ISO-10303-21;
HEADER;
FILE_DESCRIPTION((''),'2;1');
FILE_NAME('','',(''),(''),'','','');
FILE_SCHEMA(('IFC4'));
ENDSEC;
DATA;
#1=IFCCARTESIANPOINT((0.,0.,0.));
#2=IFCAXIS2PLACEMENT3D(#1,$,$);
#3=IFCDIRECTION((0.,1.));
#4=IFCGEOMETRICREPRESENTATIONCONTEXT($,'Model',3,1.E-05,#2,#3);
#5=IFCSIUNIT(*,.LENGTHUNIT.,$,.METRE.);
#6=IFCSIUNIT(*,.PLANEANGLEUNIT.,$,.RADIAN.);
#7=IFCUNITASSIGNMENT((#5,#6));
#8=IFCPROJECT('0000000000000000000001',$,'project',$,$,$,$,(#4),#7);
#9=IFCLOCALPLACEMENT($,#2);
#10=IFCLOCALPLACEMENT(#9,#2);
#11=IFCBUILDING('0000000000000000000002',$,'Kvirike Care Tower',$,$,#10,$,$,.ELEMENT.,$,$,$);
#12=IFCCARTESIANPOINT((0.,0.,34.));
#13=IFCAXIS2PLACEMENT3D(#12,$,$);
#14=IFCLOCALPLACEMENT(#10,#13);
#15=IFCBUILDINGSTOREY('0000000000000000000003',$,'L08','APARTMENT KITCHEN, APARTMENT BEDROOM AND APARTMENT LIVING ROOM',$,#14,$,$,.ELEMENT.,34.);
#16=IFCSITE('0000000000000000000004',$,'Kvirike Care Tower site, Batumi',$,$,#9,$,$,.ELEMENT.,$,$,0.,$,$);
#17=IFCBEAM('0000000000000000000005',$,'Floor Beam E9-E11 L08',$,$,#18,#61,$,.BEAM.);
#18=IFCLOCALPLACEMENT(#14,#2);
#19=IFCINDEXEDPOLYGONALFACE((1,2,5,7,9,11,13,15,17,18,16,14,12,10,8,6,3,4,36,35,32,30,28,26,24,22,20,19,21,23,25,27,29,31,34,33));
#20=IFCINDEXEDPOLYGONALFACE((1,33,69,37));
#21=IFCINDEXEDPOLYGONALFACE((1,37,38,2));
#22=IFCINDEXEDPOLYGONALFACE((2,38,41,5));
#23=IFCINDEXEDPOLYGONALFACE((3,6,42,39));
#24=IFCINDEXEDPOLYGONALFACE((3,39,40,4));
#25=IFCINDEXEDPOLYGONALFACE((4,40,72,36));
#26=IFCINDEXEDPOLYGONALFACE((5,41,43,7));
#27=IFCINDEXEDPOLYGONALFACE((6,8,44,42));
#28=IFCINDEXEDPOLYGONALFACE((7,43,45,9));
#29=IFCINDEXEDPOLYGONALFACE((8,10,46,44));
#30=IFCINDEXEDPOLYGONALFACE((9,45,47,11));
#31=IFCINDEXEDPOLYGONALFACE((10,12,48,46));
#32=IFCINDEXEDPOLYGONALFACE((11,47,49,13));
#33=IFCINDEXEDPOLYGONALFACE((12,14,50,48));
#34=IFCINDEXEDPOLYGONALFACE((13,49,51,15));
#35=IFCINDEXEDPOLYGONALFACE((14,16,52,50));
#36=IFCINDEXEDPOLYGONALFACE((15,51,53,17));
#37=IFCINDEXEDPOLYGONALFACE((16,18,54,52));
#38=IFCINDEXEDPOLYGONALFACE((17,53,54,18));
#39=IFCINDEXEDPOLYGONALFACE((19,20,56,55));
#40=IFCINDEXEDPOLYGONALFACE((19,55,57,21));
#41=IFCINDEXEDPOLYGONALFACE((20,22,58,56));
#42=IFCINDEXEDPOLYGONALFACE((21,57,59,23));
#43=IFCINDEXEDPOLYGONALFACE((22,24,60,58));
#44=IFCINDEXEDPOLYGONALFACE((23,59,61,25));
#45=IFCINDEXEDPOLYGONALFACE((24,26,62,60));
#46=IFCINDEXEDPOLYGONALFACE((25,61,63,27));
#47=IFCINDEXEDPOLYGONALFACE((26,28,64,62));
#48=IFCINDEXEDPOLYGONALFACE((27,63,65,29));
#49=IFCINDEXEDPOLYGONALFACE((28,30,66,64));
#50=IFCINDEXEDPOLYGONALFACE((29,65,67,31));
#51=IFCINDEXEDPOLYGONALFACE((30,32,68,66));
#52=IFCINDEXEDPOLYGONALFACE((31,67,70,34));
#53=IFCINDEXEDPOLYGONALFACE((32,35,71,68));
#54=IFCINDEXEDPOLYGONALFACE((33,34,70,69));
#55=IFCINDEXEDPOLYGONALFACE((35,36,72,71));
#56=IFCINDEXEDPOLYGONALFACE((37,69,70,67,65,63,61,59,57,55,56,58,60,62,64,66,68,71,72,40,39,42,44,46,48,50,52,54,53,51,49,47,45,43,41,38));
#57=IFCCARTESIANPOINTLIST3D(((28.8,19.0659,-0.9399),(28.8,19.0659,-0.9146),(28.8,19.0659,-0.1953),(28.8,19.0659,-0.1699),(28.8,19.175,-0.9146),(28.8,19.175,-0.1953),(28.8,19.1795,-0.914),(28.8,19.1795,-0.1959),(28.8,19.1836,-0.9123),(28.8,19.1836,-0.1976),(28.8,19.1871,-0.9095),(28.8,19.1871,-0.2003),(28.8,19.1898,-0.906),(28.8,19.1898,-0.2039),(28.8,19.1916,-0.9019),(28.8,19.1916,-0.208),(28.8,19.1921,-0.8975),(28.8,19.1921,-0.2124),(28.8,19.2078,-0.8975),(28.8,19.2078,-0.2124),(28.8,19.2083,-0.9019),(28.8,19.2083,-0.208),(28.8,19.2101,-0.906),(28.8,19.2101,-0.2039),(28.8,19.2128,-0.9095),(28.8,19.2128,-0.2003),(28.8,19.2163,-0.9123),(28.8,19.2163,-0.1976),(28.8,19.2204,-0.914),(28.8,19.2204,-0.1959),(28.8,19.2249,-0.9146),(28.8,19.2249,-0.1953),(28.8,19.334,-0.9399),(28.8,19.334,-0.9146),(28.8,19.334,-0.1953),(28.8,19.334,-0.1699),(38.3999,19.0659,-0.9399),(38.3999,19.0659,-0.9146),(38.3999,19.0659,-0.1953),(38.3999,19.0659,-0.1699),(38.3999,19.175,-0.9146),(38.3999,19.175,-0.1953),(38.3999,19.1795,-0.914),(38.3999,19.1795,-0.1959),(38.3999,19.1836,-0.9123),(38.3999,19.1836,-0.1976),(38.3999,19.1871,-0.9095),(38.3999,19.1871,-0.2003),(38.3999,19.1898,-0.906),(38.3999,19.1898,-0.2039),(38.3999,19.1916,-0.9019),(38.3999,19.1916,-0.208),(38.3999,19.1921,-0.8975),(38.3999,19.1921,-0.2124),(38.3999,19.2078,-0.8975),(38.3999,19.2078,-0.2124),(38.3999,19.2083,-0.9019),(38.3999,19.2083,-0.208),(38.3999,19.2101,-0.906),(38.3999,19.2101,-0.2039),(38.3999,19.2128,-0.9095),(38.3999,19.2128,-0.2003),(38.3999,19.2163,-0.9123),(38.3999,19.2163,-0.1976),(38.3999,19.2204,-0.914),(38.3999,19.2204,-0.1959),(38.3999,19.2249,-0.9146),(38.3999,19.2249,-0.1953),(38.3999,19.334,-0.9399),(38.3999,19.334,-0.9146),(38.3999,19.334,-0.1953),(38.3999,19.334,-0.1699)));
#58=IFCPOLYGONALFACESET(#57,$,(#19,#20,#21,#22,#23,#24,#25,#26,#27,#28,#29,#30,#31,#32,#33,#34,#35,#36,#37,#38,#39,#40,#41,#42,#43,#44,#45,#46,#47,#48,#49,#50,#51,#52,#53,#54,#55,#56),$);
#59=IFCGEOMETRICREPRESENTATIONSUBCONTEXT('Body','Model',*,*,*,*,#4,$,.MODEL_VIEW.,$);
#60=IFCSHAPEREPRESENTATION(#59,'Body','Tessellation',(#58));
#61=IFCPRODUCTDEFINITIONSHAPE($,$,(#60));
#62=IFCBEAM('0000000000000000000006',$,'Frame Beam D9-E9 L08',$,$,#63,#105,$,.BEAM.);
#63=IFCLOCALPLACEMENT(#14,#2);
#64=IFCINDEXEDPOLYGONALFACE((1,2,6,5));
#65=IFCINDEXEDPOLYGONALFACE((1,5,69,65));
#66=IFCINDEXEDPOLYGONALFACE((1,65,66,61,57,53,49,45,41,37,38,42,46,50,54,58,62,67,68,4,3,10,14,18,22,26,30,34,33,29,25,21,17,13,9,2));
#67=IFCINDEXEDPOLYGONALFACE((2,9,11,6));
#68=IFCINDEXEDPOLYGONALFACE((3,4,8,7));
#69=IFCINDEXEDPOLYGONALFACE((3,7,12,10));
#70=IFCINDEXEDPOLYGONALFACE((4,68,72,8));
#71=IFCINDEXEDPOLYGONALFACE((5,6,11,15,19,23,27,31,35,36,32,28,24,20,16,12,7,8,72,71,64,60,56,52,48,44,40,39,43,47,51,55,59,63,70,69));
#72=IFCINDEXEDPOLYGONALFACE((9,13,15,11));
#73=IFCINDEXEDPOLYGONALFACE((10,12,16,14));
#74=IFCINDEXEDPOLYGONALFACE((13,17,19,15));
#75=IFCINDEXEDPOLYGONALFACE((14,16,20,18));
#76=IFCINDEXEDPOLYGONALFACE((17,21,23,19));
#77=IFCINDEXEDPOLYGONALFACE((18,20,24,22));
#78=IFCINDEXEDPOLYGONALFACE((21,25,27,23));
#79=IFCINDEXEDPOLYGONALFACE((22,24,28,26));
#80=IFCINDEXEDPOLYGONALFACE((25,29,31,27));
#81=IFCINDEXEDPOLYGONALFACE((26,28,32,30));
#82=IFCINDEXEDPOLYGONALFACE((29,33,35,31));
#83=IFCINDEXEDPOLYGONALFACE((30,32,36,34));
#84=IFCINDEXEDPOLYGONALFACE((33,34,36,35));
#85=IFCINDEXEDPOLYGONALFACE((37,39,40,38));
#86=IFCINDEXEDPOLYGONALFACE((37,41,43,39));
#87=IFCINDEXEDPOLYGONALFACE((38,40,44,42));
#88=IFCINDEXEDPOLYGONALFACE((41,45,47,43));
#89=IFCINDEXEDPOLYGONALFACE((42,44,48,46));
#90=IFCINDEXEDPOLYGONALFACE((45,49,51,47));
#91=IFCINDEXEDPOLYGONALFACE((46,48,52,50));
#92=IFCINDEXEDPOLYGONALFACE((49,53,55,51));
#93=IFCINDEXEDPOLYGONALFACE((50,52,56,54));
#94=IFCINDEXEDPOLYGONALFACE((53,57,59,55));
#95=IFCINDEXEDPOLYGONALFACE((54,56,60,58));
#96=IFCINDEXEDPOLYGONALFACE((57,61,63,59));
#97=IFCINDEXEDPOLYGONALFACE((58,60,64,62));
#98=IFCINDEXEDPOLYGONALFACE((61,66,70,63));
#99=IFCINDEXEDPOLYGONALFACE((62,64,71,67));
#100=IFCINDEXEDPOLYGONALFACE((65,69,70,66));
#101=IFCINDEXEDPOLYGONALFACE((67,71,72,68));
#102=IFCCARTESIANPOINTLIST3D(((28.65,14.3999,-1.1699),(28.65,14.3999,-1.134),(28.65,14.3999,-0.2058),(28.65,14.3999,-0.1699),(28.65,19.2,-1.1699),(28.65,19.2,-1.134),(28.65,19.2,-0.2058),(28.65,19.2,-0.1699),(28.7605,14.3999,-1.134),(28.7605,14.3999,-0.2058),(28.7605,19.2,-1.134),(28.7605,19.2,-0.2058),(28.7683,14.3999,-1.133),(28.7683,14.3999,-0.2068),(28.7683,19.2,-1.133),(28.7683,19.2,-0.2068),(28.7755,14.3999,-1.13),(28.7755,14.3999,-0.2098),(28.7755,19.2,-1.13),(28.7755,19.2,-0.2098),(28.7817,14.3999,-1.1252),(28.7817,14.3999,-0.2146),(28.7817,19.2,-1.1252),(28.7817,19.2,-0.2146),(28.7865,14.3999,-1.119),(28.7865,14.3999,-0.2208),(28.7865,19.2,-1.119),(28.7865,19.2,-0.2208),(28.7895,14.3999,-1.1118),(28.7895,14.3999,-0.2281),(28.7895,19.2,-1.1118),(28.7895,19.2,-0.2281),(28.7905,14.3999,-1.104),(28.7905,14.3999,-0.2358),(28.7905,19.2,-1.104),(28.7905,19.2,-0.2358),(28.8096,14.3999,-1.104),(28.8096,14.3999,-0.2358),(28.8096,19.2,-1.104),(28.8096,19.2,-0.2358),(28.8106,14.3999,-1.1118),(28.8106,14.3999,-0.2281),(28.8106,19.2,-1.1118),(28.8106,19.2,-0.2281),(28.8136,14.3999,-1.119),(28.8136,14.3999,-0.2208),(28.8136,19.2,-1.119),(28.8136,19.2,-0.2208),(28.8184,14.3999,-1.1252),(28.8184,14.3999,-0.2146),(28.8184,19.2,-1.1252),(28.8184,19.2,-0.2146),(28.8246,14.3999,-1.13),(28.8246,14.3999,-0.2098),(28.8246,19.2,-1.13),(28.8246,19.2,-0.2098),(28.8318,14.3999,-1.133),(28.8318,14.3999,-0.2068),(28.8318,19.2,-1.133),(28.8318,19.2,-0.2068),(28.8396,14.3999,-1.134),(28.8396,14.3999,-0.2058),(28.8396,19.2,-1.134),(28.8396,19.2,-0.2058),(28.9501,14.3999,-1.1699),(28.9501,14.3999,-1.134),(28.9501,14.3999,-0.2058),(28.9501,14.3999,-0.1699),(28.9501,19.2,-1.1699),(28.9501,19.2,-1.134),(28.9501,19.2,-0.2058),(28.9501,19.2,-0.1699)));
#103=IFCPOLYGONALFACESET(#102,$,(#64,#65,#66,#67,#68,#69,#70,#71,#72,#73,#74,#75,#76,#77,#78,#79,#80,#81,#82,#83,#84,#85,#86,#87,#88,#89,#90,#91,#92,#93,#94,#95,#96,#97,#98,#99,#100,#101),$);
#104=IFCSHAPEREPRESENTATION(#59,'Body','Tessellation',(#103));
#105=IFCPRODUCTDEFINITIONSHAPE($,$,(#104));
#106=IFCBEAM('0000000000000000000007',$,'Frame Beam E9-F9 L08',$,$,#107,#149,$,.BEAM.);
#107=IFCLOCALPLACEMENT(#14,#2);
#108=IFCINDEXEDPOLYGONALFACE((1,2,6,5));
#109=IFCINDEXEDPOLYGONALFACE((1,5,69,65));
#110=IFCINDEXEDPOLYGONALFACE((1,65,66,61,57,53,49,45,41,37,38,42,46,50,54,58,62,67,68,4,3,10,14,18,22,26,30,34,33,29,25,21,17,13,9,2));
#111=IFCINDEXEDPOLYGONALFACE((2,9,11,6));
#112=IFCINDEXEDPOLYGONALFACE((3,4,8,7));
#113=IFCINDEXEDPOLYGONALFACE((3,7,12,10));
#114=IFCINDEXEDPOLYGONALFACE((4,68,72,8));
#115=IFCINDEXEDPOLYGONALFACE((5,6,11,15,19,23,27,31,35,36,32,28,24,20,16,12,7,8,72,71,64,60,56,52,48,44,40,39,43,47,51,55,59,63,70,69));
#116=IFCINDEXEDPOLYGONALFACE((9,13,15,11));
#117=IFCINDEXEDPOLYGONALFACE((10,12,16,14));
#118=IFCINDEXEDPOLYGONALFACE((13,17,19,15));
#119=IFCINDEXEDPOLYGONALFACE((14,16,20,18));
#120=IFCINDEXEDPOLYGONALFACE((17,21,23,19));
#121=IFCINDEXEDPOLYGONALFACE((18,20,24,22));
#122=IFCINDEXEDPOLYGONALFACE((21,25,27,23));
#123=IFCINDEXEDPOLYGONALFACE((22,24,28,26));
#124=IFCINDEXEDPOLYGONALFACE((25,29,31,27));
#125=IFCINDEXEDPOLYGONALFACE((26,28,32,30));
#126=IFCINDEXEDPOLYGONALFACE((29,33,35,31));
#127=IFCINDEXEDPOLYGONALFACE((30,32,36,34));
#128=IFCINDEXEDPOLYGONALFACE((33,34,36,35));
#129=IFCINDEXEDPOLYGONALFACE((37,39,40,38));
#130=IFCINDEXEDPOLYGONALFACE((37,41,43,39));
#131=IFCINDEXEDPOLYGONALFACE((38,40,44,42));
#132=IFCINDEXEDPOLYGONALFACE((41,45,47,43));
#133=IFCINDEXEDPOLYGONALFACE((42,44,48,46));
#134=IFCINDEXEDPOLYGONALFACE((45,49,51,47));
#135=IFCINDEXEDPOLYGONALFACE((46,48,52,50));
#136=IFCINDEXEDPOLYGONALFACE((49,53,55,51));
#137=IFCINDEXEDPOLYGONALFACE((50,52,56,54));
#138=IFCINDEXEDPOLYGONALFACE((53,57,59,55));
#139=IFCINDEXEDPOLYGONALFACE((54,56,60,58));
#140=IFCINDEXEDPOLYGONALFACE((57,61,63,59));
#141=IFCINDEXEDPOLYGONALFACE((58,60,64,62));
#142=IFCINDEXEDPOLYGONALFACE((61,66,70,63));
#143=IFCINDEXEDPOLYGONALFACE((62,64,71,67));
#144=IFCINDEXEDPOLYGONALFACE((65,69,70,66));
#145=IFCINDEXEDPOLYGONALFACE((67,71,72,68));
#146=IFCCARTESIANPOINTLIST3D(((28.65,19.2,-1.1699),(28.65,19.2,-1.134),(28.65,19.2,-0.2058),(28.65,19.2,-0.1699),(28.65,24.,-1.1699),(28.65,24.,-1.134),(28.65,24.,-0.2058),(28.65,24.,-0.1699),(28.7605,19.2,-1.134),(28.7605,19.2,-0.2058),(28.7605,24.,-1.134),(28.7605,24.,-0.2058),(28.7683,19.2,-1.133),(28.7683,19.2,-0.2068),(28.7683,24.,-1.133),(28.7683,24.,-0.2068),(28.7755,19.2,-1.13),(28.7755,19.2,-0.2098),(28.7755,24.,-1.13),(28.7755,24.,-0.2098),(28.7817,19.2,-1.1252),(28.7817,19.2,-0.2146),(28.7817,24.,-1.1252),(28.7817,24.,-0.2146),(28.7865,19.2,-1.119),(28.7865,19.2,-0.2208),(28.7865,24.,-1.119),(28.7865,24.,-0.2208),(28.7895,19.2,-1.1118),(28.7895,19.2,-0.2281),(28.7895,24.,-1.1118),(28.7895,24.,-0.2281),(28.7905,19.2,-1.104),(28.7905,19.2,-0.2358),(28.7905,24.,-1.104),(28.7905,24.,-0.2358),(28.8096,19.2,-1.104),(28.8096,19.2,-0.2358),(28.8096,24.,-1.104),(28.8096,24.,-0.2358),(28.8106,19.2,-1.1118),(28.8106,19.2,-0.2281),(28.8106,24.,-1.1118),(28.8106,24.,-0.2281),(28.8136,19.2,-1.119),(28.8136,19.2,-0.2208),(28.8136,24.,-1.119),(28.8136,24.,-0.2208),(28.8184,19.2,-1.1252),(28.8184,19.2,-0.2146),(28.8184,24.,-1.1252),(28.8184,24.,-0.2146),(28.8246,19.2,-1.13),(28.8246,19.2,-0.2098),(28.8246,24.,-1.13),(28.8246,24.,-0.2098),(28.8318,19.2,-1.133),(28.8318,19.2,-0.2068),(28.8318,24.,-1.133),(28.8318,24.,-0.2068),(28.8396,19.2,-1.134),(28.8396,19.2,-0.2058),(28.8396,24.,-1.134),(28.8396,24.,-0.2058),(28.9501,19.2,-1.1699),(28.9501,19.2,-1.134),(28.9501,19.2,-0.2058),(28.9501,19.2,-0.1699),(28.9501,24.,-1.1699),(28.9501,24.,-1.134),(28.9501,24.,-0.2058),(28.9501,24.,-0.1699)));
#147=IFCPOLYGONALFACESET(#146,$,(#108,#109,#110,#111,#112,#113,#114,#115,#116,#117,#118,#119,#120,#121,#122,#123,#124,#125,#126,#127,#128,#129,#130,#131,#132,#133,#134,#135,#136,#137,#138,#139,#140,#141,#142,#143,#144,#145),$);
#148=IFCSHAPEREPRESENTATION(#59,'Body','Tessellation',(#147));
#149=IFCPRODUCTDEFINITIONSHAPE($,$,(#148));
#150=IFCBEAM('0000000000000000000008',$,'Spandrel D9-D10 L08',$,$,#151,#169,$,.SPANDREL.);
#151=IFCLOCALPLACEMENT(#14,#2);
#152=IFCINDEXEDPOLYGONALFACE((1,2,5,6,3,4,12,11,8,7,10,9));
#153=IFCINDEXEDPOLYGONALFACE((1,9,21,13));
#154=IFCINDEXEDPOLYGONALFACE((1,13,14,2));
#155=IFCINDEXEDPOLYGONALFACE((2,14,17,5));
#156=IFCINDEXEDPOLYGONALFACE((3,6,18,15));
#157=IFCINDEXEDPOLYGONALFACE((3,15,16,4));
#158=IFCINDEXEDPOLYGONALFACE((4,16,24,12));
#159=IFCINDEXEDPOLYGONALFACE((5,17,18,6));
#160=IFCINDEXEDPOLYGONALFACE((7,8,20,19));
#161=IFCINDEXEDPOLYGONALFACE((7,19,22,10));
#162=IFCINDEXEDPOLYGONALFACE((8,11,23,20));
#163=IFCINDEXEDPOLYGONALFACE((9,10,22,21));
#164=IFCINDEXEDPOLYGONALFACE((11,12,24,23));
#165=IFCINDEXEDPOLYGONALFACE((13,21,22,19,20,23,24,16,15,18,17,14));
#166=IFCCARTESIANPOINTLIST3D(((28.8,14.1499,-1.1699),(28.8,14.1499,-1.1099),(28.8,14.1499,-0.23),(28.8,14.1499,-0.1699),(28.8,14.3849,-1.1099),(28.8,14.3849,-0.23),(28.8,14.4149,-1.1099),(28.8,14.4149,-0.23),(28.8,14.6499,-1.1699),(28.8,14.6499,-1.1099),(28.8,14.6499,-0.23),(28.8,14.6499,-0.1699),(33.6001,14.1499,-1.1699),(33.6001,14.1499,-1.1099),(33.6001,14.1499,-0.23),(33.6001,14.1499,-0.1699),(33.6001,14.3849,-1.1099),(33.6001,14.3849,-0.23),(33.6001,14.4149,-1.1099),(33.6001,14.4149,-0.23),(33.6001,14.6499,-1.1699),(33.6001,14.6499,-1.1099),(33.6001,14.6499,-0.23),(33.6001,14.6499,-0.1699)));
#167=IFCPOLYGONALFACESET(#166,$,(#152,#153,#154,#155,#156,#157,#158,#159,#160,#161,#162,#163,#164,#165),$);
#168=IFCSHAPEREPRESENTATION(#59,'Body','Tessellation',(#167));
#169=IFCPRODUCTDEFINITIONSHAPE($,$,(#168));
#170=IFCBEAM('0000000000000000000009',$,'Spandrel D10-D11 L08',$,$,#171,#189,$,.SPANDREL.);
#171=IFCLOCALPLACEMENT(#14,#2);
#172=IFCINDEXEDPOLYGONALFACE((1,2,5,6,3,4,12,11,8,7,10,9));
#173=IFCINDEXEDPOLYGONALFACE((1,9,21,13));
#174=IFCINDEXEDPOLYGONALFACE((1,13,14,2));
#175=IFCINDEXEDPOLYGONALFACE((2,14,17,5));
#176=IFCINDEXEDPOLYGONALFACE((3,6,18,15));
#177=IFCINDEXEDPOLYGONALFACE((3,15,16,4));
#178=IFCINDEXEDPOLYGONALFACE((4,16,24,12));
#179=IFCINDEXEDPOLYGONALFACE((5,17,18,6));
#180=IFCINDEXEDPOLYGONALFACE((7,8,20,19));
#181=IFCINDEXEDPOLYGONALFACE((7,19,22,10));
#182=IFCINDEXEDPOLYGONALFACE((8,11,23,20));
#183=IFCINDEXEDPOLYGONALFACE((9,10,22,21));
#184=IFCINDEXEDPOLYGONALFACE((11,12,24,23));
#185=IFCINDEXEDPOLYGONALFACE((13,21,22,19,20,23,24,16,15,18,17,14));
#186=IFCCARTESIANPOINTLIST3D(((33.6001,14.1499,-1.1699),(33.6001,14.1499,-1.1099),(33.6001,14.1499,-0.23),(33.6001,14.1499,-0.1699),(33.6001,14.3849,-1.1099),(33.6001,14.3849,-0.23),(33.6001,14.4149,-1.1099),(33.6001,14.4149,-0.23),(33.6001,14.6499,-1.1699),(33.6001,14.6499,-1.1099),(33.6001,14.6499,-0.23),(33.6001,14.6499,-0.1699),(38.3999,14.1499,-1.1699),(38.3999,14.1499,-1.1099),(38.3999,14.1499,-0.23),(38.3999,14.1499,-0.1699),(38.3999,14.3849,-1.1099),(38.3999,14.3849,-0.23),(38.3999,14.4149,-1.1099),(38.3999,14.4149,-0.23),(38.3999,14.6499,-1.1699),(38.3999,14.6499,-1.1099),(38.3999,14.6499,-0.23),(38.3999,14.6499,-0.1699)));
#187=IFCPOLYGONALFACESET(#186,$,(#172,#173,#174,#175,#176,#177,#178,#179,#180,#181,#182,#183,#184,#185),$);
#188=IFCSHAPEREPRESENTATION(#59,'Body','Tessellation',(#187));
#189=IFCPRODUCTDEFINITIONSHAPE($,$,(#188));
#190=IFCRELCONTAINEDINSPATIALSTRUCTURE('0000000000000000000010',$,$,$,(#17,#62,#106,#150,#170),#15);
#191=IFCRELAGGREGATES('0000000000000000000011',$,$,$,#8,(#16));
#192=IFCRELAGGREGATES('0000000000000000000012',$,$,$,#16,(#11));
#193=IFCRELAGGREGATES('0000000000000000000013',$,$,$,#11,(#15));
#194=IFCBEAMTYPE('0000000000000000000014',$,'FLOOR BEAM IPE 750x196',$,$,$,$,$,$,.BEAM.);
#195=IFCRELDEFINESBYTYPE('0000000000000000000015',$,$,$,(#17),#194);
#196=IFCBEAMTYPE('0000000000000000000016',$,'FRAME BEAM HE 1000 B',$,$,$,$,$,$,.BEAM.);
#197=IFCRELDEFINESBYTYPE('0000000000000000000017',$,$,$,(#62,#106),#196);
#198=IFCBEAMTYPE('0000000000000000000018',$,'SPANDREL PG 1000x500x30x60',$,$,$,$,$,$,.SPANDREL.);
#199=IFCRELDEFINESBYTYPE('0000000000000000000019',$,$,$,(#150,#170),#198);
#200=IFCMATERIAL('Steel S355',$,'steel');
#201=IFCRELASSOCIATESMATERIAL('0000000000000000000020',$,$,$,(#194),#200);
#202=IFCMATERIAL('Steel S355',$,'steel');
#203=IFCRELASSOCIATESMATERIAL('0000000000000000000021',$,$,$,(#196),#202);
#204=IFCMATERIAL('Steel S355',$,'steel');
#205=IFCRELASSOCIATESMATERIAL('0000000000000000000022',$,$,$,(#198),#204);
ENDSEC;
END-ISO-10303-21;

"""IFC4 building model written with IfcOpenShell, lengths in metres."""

from ifc_helpers import new_model, si_unit, direction, frame, origin, origin_2d, place, context, subcontext, project, spatial, i_section, extrude, material, material_profile, profile_set, type_object, element, save


model = new_model("IFC4")

# Units and contexts
model_context = context("Model", 3, precision=1e-05, world=origin(), true_north=direction((0.0, 1.0)))
body_context = subcontext(model_context, "Body", "Model", "MODEL_VIEW")
ifc_project = project(units=[si_unit("LENGTHUNIT", "METRE"), si_unit("PLANEANGLEUNIT", "RADIAN")], contexts=[model_context])

# Site, building, storey
site_placement = place(None, origin())
site = spatial("IfcSite", under=ifc_project, at=site_placement, Name="Kvirike Care Tower site, Batumi", CompositionType="ELEMENT", RefElevation=0.0)
building_placement = place(site_placement, origin())
building = spatial("IfcBuilding", under=site, at=building_placement, Name="Kvirike Care Tower", CompositionType="ELEMENT")
storey_placement = place(building_placement, frame((0.0, 0.0, 34.0)))
storey = spatial("IfcBuildingStorey", under=building, at=storey_placement, Name="L08", Description="APARTMENT KITCHEN, APARTMENT BEDROOM AND APARTMENT LIVING ROOM", CompositionType="ELEMENT", Elevation=34.0)

# Beams
ifc_material_1 = material(Name="Steel S355", Category="steel")
ifc_material_profile_1 = material_profile(ifc_material_1, i_section(OverallWidth=0.2681, OverallDepth=0.77, WebThickness=0.0156, FlangeThickness=0.0254, FilletRadius=0.0171, at=origin_2d()), Name="IPE 750x196")
ifc_profile_set_1 = profile_set([ifc_material_profile_1], Name="Steel S355")
beam_type_1 = type_object("IfcBeamType", Name="FLOOR BEAM IPE 750x196", PredefinedType="BEAM", material=ifc_profile_set_1)
beam_1_placement = place(storey_placement, frame((28.8, 19.2, -0.5549), z_axis=(1.0, 0.0, 0.0), x_axis=(0.0, 1.0, 0.0)))
element("IfcBeam", 1, at=beam_1_placement, inside=storey, type_object=beam_type_1, Name="Floor Beam E9-E11 L08", PredefinedType="BEAM", context=body_context, shape_type="SweptSolid", body=[
    extrude(i_section(OverallWidth=0.2681, OverallDepth=0.77, WebThickness=0.0156, FlangeThickness=0.0254, FilletRadius=0.0171, at=origin_2d()), origin(), (0.0, 0.0, 1.0), 9.5999),
])
ifc_material_2 = material(Name="Steel S355", Category="steel")
ifc_material_profile_2 = material_profile(ifc_material_2, i_section(OverallWidth=0.3, OverallDepth=1.0, WebThickness=0.019, FlangeThickness=0.0359, FilletRadius=0.03, at=origin_2d()), Name="HE 1000 B")
ifc_profile_set_2 = profile_set([ifc_material_profile_2], Name="Steel S355")
beam_type_2 = type_object("IfcBeamType", Name="FRAME BEAM HE 1000 B", PredefinedType="BEAM", material=ifc_profile_set_2)
for number, where, z_axis, x_axis, name in (
    (2, (28.8, 14.3999, -0.6699), (0.0, 1.0, 0.0), (-1.0, 0.0, 0.0), "Frame Beam D9-E9 L08"),
    (3, (28.8, 19.2, -0.6699), (0.0, 1.0, 0.0), (-1.0, 0.0, 0.0), "Frame Beam E9-F9 L08"),
):
    element("IfcBeam", number, at=place(storey_placement, frame(where, z_axis=z_axis, x_axis=x_axis)), inside=storey, type_object=beam_type_2, Name=name, PredefinedType="BEAM", context=body_context, shape_type="SweptSolid", body=[
        extrude(i_section(OverallWidth=0.3, OverallDepth=1.0, WebThickness=0.019, FlangeThickness=0.0359, FilletRadius=0.03, at=origin_2d()), origin(), (0.0, 0.0, 1.0), 4.8),
    ])
ifc_material_3 = material(Name="Steel S355", Category="steel")
ifc_material_profile_3 = material_profile(ifc_material_3, i_section(OverallWidth=0.5, OverallDepth=1.0, WebThickness=0.03, FlangeThickness=0.0601, at=origin_2d()), Name="PG 1000x500x30x60")
ifc_profile_set_3 = profile_set([ifc_material_profile_3], Name="Steel S355")
beam_type_3 = type_object("IfcBeamType", Name="SPANDREL PG 1000x500x30x60", PredefinedType="SPANDREL", material=ifc_profile_set_3)
beam_2_placement = place(storey_placement, frame((28.8, 14.3999, -0.6699), z_axis=(1.0, 0.0, 0.0), x_axis=(0.0, 1.0, 0.0)))
element("IfcBeam", 4, at=beam_2_placement, inside=storey, type_object=beam_type_3, Name="Spandrel D9-D10 L08", PredefinedType="SPANDREL", context=body_context, shape_type="SweptSolid", body=[
    extrude(i_section(OverallWidth=0.5, OverallDepth=1.0, WebThickness=0.03, FlangeThickness=0.0601, at=origin_2d()), origin(), (0.0, 0.0, 1.0), 4.8),
])
beam_3_placement = place(storey_placement, frame((33.6001, 14.3999, -0.6699), z_axis=(1.0, 0.0, 0.0), x_axis=(0.0, 1.0, 0.0)))
element("IfcBeam", 5, at=beam_3_placement, inside=storey, type_object=beam_type_3, Name="Spandrel D10-D11 L08", PredefinedType="SPANDREL", context=body_context, shape_type="SweptSolid", body=[
    extrude(i_section(OverallWidth=0.5, OverallDepth=1.0, WebThickness=0.03, FlangeThickness=0.0601, at=origin_2d()), origin(), (0.0, 0.0, 1.0), 4.7998),
])

save(model, "model.ifc")
